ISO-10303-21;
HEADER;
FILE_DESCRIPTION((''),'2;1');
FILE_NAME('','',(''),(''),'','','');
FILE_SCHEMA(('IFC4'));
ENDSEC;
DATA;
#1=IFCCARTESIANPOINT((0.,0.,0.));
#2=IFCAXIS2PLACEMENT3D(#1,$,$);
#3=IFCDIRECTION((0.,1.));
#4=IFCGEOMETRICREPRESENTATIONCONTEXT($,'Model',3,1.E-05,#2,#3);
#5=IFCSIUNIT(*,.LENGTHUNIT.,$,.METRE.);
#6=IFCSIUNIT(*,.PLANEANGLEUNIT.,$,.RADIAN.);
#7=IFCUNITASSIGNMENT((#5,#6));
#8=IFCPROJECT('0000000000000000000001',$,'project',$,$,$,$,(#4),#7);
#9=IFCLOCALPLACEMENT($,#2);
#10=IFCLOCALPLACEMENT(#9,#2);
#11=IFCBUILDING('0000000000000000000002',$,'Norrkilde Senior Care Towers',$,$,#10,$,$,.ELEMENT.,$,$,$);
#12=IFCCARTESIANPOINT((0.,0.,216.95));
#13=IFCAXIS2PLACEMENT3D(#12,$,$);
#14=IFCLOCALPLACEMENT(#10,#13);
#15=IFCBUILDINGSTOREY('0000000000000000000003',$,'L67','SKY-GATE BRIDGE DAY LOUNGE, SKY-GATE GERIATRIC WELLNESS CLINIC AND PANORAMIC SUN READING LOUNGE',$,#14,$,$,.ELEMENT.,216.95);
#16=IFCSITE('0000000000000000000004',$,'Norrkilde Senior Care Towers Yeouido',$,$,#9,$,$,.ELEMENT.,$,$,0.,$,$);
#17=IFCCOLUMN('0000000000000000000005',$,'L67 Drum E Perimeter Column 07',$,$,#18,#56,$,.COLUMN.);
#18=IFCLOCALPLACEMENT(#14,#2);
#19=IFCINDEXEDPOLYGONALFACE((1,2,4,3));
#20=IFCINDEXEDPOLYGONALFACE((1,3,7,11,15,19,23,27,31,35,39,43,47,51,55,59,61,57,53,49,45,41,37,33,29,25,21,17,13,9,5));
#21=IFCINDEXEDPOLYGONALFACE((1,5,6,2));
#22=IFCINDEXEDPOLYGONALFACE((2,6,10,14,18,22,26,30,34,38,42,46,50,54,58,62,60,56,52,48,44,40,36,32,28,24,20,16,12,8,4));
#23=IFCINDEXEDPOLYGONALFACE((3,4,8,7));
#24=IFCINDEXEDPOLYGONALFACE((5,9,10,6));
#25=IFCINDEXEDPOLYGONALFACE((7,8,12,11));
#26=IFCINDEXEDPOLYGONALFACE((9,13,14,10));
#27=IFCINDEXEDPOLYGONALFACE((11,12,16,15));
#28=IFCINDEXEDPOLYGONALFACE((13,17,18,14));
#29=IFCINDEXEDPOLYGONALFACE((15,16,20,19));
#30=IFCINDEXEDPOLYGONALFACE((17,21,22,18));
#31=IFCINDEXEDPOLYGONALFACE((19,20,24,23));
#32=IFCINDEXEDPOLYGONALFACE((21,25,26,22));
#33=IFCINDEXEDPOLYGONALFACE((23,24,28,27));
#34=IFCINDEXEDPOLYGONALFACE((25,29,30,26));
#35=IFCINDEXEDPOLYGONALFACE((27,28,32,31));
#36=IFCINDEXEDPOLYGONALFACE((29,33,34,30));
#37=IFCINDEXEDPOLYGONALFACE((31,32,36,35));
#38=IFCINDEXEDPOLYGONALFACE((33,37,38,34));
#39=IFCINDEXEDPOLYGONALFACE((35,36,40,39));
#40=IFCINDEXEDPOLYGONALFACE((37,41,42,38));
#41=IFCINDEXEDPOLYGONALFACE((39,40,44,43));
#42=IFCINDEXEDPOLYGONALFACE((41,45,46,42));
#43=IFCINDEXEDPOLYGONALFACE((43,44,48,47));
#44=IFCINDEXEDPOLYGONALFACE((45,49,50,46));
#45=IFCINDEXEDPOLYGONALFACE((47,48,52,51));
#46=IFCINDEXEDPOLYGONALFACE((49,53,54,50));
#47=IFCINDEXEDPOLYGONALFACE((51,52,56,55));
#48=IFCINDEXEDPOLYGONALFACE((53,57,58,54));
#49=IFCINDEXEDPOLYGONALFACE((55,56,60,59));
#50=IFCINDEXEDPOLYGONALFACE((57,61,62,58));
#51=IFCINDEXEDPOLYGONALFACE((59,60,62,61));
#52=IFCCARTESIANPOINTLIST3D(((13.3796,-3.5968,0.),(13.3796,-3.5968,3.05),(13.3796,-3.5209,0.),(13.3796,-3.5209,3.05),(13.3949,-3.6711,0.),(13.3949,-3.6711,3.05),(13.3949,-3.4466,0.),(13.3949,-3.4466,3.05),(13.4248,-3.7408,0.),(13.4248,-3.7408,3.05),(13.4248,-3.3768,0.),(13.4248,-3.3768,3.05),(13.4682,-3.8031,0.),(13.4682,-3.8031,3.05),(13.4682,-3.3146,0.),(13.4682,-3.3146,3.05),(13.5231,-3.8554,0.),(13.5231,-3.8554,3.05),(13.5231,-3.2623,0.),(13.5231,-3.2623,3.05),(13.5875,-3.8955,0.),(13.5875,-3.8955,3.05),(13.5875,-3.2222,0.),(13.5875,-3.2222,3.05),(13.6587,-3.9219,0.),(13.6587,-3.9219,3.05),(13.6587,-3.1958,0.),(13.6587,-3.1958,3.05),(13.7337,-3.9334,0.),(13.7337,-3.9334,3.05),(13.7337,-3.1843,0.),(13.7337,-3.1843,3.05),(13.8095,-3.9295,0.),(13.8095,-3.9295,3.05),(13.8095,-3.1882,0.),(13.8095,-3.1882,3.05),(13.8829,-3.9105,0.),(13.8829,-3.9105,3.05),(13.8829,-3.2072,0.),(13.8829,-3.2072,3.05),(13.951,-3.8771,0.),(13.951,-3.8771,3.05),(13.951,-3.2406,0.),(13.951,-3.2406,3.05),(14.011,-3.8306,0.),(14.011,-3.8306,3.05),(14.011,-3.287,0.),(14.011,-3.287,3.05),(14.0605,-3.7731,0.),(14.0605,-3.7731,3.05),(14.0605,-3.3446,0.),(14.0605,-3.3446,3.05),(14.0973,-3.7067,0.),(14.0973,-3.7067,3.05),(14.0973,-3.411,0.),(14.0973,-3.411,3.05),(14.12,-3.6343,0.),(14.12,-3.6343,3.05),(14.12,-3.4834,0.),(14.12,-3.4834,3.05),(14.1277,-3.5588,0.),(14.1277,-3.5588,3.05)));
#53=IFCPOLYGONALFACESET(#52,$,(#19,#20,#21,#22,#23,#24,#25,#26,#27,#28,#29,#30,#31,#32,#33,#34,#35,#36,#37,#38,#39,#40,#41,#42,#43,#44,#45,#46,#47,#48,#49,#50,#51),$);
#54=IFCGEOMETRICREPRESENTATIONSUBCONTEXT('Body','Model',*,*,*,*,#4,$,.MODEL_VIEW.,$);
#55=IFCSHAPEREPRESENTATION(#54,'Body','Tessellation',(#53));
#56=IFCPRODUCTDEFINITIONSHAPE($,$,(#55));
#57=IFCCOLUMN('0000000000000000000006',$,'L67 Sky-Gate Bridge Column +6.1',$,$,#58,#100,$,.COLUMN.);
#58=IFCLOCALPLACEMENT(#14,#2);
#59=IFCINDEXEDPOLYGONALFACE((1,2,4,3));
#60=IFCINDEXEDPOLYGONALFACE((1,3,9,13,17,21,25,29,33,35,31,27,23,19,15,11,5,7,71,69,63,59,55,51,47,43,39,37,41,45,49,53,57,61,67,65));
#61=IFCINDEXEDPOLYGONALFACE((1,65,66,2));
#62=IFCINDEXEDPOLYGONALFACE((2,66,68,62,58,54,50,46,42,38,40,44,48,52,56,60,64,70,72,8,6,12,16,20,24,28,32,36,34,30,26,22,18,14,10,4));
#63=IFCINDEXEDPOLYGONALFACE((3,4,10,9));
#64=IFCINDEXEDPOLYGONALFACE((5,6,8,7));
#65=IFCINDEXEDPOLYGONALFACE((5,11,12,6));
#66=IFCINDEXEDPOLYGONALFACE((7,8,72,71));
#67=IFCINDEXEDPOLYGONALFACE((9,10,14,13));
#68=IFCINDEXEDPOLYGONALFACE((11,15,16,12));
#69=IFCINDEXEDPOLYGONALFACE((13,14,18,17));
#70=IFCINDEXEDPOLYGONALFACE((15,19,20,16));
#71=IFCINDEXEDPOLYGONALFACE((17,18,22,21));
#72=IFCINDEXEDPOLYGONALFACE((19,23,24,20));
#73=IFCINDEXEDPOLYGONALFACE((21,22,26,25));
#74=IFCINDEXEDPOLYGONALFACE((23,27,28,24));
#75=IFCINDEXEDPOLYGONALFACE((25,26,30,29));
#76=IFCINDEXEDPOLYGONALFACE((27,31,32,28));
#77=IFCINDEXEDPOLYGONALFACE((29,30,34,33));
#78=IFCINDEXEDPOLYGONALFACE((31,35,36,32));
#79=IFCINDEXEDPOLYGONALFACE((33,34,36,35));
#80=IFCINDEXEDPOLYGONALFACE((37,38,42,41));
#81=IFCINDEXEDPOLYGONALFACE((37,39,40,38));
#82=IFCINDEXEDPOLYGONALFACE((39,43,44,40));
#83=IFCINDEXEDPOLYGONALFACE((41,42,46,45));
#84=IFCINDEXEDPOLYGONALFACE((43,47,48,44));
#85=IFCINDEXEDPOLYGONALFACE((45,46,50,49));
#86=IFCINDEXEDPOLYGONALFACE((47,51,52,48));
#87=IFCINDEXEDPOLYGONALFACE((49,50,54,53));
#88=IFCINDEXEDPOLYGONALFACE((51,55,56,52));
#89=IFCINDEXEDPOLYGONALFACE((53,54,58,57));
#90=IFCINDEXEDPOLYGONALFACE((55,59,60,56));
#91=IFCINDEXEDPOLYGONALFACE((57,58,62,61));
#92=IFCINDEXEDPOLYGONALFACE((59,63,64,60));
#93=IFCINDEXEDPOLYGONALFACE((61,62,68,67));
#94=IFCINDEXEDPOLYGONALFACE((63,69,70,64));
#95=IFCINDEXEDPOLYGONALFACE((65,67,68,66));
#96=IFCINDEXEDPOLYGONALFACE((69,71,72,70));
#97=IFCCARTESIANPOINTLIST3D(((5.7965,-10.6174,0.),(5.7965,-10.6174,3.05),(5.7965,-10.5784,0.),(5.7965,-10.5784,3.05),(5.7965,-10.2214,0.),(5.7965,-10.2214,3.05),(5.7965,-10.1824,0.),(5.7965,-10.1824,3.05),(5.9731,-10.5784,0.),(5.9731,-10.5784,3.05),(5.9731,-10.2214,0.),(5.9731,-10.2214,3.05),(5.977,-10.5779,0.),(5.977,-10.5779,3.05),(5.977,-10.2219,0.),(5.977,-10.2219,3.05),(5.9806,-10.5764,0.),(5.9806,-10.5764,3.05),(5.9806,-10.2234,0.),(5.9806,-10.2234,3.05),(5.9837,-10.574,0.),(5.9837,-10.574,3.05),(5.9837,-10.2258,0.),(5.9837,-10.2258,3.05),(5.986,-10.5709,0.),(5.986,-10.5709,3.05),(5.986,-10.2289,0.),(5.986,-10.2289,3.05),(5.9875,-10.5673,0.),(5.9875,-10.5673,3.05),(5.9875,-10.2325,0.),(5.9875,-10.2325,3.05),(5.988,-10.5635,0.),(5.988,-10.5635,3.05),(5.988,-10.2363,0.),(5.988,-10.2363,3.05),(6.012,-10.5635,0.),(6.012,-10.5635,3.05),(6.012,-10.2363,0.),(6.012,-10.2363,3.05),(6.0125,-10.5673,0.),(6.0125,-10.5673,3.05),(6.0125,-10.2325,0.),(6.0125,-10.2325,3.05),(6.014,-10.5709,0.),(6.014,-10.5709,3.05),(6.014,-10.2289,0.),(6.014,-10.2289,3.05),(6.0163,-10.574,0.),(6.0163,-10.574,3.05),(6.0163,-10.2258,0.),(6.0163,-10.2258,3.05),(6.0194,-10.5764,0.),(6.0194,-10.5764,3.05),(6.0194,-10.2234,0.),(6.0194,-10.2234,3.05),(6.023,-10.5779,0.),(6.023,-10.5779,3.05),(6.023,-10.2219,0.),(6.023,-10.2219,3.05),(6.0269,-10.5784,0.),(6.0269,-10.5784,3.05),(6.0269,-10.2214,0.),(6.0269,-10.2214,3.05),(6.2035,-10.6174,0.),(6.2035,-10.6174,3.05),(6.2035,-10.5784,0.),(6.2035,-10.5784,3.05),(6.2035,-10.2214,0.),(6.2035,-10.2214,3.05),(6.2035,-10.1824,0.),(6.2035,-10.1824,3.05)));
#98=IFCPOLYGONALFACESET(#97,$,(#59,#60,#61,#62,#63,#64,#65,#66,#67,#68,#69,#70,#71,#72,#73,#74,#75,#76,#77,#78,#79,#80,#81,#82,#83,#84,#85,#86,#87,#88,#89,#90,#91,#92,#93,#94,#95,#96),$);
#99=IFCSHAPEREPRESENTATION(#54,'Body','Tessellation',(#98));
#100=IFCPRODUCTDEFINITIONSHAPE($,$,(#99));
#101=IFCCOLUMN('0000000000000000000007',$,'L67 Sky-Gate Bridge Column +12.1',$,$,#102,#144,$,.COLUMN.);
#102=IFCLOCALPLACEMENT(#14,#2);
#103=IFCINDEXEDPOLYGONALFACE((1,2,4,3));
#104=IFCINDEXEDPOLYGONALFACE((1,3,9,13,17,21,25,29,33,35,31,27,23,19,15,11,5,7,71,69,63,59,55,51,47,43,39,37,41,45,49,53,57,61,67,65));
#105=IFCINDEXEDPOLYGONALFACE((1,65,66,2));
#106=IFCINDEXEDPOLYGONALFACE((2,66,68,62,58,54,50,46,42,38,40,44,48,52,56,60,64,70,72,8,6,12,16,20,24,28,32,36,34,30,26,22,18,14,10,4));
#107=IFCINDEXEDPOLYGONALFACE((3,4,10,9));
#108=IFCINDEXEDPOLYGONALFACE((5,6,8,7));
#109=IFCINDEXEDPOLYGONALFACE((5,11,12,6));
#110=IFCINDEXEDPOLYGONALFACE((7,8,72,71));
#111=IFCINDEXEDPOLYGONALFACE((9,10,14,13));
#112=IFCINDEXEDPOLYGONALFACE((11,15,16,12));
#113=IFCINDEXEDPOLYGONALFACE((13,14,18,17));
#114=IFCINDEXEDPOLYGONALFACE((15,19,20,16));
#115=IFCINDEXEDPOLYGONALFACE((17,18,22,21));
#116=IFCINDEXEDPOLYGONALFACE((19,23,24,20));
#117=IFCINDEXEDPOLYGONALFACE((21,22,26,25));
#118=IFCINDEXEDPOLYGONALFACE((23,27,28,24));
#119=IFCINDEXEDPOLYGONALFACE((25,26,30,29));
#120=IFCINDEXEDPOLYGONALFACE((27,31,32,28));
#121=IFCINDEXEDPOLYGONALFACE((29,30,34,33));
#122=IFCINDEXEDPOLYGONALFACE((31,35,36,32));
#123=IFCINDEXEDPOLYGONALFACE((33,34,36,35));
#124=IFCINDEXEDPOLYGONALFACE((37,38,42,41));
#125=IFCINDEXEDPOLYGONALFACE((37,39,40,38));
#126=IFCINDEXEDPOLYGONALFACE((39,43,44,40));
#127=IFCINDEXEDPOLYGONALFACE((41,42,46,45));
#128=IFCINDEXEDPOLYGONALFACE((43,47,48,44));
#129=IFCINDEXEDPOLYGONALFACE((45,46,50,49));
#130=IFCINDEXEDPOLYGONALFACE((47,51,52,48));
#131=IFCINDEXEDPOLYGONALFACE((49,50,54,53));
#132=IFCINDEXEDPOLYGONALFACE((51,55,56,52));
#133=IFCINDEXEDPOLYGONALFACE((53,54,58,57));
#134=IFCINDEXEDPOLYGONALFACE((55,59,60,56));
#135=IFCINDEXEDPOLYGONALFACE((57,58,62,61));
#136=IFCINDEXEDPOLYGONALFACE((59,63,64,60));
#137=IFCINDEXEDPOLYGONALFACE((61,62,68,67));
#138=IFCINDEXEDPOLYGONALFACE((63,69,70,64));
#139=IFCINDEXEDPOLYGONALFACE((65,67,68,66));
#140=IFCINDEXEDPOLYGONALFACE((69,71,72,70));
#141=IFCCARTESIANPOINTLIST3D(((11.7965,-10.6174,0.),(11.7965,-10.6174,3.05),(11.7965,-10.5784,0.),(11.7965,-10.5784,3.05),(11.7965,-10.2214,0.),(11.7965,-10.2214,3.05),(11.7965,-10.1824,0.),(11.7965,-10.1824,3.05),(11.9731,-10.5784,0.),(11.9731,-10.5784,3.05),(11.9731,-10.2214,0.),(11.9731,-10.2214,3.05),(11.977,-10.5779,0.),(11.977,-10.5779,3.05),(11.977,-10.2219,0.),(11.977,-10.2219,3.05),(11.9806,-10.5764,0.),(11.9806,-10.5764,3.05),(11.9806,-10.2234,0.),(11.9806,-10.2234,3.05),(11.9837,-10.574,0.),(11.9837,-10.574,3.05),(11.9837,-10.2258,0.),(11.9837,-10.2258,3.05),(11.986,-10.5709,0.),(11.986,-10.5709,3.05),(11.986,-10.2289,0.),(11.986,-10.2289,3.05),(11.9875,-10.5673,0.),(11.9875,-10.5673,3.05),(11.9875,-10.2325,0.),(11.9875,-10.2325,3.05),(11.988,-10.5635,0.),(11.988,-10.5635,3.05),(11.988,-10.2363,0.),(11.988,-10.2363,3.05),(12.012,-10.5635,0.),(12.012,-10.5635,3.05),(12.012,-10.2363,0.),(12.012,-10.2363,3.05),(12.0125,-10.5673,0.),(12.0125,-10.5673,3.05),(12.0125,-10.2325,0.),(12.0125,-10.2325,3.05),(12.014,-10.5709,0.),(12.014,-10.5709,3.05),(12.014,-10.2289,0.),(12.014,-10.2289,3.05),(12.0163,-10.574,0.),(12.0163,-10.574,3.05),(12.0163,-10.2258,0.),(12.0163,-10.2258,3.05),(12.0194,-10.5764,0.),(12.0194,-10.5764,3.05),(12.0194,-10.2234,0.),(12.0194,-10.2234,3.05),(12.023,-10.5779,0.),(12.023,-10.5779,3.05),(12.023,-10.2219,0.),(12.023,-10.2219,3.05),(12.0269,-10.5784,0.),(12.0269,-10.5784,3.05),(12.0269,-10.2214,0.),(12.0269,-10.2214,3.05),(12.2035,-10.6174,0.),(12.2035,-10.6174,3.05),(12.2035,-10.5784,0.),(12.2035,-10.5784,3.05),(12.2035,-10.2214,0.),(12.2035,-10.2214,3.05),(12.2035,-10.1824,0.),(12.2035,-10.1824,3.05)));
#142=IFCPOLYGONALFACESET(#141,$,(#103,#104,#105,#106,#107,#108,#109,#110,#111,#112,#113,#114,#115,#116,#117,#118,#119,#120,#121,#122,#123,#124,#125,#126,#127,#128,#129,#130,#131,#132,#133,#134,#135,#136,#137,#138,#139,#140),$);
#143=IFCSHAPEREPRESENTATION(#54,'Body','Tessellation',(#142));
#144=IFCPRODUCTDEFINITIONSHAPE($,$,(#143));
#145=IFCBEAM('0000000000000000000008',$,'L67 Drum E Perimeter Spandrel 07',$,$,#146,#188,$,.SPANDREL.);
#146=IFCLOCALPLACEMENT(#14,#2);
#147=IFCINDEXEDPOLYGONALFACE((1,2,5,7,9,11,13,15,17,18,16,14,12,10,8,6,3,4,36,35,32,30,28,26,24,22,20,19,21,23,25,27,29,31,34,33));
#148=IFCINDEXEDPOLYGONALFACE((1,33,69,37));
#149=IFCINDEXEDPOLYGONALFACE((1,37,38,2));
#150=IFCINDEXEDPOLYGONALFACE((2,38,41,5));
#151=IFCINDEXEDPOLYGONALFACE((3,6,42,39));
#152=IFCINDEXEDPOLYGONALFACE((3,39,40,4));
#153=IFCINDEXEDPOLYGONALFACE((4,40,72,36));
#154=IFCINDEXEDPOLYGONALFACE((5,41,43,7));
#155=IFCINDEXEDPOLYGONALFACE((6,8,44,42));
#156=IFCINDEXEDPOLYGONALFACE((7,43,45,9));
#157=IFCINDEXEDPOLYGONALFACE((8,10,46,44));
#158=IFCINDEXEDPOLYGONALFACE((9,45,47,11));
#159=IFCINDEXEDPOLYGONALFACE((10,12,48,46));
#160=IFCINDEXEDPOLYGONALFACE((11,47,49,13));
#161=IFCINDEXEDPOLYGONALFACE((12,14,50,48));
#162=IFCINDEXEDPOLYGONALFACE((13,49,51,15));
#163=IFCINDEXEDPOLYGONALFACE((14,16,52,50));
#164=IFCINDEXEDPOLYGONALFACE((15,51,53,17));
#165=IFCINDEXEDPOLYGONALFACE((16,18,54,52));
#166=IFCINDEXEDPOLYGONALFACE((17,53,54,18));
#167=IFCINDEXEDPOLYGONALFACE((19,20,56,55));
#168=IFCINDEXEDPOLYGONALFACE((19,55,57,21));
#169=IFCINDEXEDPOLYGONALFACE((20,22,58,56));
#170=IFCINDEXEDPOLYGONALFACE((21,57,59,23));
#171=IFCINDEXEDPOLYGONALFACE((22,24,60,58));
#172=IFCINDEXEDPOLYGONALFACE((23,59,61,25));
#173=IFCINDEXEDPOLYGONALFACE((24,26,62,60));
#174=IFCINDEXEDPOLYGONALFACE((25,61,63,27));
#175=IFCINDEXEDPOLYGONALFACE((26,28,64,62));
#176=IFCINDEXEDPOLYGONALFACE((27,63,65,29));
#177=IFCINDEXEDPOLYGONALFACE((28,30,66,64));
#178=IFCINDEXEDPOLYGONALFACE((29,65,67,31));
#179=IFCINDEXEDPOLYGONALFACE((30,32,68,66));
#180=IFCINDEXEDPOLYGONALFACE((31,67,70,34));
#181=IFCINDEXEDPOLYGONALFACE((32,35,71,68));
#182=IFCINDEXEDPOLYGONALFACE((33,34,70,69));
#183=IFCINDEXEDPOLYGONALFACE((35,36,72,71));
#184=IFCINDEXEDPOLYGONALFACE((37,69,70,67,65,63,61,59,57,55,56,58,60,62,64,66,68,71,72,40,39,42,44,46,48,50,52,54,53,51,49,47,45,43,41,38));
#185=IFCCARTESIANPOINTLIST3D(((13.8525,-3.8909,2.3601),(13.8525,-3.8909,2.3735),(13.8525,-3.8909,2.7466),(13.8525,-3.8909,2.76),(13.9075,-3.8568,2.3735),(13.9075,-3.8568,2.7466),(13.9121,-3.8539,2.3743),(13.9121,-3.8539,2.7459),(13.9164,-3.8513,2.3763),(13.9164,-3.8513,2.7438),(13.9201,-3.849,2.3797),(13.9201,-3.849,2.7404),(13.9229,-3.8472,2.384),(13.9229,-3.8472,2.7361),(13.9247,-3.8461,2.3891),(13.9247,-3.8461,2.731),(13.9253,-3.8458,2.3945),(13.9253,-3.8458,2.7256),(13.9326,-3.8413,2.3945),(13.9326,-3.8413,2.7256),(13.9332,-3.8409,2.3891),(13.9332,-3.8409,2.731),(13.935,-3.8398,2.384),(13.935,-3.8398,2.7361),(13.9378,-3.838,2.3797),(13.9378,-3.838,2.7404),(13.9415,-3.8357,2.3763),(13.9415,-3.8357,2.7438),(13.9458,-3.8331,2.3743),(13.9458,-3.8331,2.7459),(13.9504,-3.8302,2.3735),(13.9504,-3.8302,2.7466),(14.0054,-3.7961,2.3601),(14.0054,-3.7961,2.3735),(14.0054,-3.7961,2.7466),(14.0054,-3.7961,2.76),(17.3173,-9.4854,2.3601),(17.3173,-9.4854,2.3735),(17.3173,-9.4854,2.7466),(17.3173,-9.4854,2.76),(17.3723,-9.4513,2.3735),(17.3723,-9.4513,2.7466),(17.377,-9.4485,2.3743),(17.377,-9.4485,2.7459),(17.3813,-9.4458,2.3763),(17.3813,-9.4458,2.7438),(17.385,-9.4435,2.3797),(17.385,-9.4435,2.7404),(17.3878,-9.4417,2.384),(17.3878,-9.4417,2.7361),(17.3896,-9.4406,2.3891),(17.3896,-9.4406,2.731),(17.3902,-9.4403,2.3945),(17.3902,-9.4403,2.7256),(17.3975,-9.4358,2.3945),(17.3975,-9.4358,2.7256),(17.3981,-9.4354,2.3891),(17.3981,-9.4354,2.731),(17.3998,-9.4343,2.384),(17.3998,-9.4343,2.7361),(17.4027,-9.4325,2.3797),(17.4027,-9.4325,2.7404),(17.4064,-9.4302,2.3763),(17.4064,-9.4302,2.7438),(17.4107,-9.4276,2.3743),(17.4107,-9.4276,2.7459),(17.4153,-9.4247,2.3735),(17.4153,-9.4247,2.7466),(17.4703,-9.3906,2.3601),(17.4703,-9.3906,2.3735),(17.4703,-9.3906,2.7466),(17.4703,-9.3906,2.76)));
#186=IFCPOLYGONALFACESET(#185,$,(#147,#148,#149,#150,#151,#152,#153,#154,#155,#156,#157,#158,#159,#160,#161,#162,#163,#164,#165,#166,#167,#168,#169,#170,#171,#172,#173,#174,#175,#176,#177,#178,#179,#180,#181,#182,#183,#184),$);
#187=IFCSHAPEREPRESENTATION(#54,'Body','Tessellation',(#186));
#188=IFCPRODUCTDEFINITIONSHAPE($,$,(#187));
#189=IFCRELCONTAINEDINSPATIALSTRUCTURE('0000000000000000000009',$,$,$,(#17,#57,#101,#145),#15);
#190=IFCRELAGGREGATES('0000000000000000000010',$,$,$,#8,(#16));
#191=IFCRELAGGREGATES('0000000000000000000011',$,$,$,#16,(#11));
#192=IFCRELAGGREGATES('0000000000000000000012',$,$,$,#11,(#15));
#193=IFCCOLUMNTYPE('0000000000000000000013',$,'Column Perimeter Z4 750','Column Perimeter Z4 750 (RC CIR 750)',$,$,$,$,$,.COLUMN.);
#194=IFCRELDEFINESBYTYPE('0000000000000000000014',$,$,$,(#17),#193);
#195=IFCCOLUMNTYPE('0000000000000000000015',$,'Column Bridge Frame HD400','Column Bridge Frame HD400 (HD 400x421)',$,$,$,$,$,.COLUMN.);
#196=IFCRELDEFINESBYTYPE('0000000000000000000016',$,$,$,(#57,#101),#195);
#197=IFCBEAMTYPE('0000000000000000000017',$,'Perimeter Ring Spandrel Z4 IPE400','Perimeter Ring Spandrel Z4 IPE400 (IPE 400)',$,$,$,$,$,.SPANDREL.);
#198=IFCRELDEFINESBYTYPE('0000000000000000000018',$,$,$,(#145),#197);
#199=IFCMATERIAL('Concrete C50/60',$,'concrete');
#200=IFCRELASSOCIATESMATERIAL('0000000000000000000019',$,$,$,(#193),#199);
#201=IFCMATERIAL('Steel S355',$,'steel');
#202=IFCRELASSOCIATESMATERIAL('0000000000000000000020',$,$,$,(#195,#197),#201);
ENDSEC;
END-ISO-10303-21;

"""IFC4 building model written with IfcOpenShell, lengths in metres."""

from ifc_helpers import new_model, si_unit, direction, frame, origin, origin_2d, place, context, subcontext, project, spatial, circle, i_section, extrude, source, transform, mapped, material, material_profile, profile_set, type_object, type_shapes, element, save


model = new_model("IFC4")

# Units and contexts
model_context = context("Model", 3, precision=1e-05, world=origin(), true_north=direction((0.0, 1.0)))
body_context = subcontext(model_context, "Body", "Model", "MODEL_VIEW")
ifc_project = project(units=[si_unit("LENGTHUNIT", "METRE"), si_unit("PLANEANGLEUNIT", "RADIAN")], contexts=[model_context])

# Site, building, storey
site_placement = place(None, origin())
site = spatial("IfcSite", under=ifc_project, at=site_placement, Name="Norrkilde Senior Care Towers Yeouido", CompositionType="ELEMENT", RefElevation=0.0)
building_placement = place(site_placement, origin())
building = spatial("IfcBuilding", under=site, at=building_placement, Name="Norrkilde Senior Care Towers", CompositionType="ELEMENT")
storey_placement = place(building_placement, frame((0.0, 0.0, 216.95)))
storey = spatial("IfcBuildingStorey", under=building, at=storey_placement, Name="L67", Description="SKY-GATE BRIDGE DAY LOUNGE, SKY-GATE GERIATRIC WELLNESS CLINIC AND PANORAMIC SUN READING LOUNGE", CompositionType="ELEMENT", Elevation=216.95)

# Columns
ifc_material_1 = material(Name="Concrete C50/60", Category="concrete")
ifc_material_profile_1 = material_profile(ifc_material_1, circle(Radius=0.375, at=origin_2d()), Name="RC CIR 750")
ifc_profile_set_1 = profile_set([ifc_material_profile_1], Name="Concrete C50/60")
column_type_1 = type_object("IfcColumnType", Name="Column Perimeter Z4 750", Description="Column Perimeter Z4 750 (RC CIR 750)", PredefinedType="COLUMN", material=ifc_profile_set_1)
shared_shape_1 = source(origin(), body_context, "Body", "SweptSolid", [
    extrude(circle(Radius=0.375, at=origin_2d()), origin(), (0.0, 0.0, 1.0), 3.05),
])
type_shapes(column_type_1, [shared_shape_1])
column_placement = place(storey_placement, frame((13.7527, -3.5588, 0.0), z_axis=(0.0, 0.0, 1.0), x_axis=(1.0, 0.0, 0.0)))
element("IfcColumn", 1, at=column_placement, inside=storey, type_object=column_type_1, Name="L67 Drum E Perimeter Column 07", PredefinedType="COLUMN", context=body_context, shape_type="MappedRepresentation", body=[
    mapped(shared_shape_1, transform((0.0, 0.0, 0.0), x_axis=(1.0, 0.0, 0.0), y_axis=(0.0, 1.0, 0.0), z_axis=(0.0, 0.0, 1.0), scale=1.0)),
])
ifc_material_2 = material(Name="Steel S355", Category="steel")
ifc_material_profile_2 = material_profile(ifc_material_2, i_section(OverallWidth=0.407, OverallDepth=0.4351, WebThickness=0.0239, FlangeThickness=0.0391, FilletRadius=0.0149, at=origin_2d()), Name="HD 400x421")
ifc_profile_set_2 = profile_set([ifc_material_profile_2], Name="Steel S355")
column_type_2 = type_object("IfcColumnType", Name="Column Bridge Frame HD400", Description="Column Bridge Frame HD400 (HD 400x421)", PredefinedType="COLUMN", material=ifc_profile_set_2)
shared_shape_2 = source(origin(), body_context, "Body", "SweptSolid", [
    extrude(i_section(OverallWidth=0.407, OverallDepth=0.4351, WebThickness=0.0239, FlangeThickness=0.0391, FilletRadius=0.0149, at=origin_2d()), origin(), (0.0, 0.0, 1.0), 3.05),
])
type_shapes(column_type_2, [shared_shape_2])
for number, where, z_axis, x_axis, name in (
    (2, (6.0, -10.3999, 0.0), (0.0, 0.0, 1.0), (1.0, 0.0, 0.0), "L67 Sky-Gate Bridge Column +6.1"),
    (3, (12.0, -10.3999, 0.0), (0.0, 0.0, 1.0), (1.0, 0.0, 0.0), "L67 Sky-Gate Bridge Column +12.1"),
):
    element("IfcColumn", number, at=place(storey_placement, frame(where, z_axis=z_axis, x_axis=x_axis)), inside=storey, type_object=column_type_2, Name=name, PredefinedType="COLUMN", context=body_context, shape_type="MappedRepresentation", body=[
        mapped(shared_shape_2, transform((0.0, 0.0, 0.0), x_axis=(1.0, 0.0, 0.0), y_axis=(0.0, 1.0, 0.0), z_axis=(0.0, 0.0, 1.0), scale=1.0)),
    ])

# Beam
ifc_material_profile_3 = material_profile(ifc_material_2, i_section(OverallWidth=0.1799, OverallDepth=0.3999, WebThickness=0.0085, FlangeThickness=0.0134, FilletRadius=0.021, at=origin_2d()), Name="IPE 400")
ifc_profile_set_3 = profile_set([ifc_material_profile_3], Name="Steel S355")
beam_type_1 = type_object("IfcBeamType", Name="Perimeter Ring Spandrel Z4 IPE400", Description="Perimeter Ring Spandrel Z4 IPE400 (IPE 400)", PredefinedType="SPANDREL", material=ifc_profile_set_3)
shared_shape_3 = source(origin(), body_context, "Body", "SweptSolid", [
    extrude(i_section(OverallWidth=0.1799, OverallDepth=0.3999, WebThickness=0.0085, FlangeThickness=0.0134, FilletRadius=0.021, at=origin_2d()), origin(), (0.0, 0.0, 1.0), 6.5806),
])
type_shapes(beam_type_1, [shared_shape_3])
beam_1_placement = place(storey_placement, frame((13.929, -3.8435, 2.5601), z_axis=(0.52653, -0.850157, 0.0), x_axis=(0.850157, 0.52653, 0.0)))
element("IfcBeam", 4, at=beam_1_placement, inside=storey, type_object=beam_type_1, Name="L67 Drum E Perimeter Spandrel 07", PredefinedType="SPANDREL", context=body_context, shape_type="MappedRepresentation", body=[
    mapped(shared_shape_3, transform((0.0, 0.0, 0.0), x_axis=(1.0, 0.0, 0.0), y_axis=(0.0, 1.0, 0.0), z_axis=(0.0, 0.0, 1.0), scale=1.0)),
])

save(model, "model.ifc")
